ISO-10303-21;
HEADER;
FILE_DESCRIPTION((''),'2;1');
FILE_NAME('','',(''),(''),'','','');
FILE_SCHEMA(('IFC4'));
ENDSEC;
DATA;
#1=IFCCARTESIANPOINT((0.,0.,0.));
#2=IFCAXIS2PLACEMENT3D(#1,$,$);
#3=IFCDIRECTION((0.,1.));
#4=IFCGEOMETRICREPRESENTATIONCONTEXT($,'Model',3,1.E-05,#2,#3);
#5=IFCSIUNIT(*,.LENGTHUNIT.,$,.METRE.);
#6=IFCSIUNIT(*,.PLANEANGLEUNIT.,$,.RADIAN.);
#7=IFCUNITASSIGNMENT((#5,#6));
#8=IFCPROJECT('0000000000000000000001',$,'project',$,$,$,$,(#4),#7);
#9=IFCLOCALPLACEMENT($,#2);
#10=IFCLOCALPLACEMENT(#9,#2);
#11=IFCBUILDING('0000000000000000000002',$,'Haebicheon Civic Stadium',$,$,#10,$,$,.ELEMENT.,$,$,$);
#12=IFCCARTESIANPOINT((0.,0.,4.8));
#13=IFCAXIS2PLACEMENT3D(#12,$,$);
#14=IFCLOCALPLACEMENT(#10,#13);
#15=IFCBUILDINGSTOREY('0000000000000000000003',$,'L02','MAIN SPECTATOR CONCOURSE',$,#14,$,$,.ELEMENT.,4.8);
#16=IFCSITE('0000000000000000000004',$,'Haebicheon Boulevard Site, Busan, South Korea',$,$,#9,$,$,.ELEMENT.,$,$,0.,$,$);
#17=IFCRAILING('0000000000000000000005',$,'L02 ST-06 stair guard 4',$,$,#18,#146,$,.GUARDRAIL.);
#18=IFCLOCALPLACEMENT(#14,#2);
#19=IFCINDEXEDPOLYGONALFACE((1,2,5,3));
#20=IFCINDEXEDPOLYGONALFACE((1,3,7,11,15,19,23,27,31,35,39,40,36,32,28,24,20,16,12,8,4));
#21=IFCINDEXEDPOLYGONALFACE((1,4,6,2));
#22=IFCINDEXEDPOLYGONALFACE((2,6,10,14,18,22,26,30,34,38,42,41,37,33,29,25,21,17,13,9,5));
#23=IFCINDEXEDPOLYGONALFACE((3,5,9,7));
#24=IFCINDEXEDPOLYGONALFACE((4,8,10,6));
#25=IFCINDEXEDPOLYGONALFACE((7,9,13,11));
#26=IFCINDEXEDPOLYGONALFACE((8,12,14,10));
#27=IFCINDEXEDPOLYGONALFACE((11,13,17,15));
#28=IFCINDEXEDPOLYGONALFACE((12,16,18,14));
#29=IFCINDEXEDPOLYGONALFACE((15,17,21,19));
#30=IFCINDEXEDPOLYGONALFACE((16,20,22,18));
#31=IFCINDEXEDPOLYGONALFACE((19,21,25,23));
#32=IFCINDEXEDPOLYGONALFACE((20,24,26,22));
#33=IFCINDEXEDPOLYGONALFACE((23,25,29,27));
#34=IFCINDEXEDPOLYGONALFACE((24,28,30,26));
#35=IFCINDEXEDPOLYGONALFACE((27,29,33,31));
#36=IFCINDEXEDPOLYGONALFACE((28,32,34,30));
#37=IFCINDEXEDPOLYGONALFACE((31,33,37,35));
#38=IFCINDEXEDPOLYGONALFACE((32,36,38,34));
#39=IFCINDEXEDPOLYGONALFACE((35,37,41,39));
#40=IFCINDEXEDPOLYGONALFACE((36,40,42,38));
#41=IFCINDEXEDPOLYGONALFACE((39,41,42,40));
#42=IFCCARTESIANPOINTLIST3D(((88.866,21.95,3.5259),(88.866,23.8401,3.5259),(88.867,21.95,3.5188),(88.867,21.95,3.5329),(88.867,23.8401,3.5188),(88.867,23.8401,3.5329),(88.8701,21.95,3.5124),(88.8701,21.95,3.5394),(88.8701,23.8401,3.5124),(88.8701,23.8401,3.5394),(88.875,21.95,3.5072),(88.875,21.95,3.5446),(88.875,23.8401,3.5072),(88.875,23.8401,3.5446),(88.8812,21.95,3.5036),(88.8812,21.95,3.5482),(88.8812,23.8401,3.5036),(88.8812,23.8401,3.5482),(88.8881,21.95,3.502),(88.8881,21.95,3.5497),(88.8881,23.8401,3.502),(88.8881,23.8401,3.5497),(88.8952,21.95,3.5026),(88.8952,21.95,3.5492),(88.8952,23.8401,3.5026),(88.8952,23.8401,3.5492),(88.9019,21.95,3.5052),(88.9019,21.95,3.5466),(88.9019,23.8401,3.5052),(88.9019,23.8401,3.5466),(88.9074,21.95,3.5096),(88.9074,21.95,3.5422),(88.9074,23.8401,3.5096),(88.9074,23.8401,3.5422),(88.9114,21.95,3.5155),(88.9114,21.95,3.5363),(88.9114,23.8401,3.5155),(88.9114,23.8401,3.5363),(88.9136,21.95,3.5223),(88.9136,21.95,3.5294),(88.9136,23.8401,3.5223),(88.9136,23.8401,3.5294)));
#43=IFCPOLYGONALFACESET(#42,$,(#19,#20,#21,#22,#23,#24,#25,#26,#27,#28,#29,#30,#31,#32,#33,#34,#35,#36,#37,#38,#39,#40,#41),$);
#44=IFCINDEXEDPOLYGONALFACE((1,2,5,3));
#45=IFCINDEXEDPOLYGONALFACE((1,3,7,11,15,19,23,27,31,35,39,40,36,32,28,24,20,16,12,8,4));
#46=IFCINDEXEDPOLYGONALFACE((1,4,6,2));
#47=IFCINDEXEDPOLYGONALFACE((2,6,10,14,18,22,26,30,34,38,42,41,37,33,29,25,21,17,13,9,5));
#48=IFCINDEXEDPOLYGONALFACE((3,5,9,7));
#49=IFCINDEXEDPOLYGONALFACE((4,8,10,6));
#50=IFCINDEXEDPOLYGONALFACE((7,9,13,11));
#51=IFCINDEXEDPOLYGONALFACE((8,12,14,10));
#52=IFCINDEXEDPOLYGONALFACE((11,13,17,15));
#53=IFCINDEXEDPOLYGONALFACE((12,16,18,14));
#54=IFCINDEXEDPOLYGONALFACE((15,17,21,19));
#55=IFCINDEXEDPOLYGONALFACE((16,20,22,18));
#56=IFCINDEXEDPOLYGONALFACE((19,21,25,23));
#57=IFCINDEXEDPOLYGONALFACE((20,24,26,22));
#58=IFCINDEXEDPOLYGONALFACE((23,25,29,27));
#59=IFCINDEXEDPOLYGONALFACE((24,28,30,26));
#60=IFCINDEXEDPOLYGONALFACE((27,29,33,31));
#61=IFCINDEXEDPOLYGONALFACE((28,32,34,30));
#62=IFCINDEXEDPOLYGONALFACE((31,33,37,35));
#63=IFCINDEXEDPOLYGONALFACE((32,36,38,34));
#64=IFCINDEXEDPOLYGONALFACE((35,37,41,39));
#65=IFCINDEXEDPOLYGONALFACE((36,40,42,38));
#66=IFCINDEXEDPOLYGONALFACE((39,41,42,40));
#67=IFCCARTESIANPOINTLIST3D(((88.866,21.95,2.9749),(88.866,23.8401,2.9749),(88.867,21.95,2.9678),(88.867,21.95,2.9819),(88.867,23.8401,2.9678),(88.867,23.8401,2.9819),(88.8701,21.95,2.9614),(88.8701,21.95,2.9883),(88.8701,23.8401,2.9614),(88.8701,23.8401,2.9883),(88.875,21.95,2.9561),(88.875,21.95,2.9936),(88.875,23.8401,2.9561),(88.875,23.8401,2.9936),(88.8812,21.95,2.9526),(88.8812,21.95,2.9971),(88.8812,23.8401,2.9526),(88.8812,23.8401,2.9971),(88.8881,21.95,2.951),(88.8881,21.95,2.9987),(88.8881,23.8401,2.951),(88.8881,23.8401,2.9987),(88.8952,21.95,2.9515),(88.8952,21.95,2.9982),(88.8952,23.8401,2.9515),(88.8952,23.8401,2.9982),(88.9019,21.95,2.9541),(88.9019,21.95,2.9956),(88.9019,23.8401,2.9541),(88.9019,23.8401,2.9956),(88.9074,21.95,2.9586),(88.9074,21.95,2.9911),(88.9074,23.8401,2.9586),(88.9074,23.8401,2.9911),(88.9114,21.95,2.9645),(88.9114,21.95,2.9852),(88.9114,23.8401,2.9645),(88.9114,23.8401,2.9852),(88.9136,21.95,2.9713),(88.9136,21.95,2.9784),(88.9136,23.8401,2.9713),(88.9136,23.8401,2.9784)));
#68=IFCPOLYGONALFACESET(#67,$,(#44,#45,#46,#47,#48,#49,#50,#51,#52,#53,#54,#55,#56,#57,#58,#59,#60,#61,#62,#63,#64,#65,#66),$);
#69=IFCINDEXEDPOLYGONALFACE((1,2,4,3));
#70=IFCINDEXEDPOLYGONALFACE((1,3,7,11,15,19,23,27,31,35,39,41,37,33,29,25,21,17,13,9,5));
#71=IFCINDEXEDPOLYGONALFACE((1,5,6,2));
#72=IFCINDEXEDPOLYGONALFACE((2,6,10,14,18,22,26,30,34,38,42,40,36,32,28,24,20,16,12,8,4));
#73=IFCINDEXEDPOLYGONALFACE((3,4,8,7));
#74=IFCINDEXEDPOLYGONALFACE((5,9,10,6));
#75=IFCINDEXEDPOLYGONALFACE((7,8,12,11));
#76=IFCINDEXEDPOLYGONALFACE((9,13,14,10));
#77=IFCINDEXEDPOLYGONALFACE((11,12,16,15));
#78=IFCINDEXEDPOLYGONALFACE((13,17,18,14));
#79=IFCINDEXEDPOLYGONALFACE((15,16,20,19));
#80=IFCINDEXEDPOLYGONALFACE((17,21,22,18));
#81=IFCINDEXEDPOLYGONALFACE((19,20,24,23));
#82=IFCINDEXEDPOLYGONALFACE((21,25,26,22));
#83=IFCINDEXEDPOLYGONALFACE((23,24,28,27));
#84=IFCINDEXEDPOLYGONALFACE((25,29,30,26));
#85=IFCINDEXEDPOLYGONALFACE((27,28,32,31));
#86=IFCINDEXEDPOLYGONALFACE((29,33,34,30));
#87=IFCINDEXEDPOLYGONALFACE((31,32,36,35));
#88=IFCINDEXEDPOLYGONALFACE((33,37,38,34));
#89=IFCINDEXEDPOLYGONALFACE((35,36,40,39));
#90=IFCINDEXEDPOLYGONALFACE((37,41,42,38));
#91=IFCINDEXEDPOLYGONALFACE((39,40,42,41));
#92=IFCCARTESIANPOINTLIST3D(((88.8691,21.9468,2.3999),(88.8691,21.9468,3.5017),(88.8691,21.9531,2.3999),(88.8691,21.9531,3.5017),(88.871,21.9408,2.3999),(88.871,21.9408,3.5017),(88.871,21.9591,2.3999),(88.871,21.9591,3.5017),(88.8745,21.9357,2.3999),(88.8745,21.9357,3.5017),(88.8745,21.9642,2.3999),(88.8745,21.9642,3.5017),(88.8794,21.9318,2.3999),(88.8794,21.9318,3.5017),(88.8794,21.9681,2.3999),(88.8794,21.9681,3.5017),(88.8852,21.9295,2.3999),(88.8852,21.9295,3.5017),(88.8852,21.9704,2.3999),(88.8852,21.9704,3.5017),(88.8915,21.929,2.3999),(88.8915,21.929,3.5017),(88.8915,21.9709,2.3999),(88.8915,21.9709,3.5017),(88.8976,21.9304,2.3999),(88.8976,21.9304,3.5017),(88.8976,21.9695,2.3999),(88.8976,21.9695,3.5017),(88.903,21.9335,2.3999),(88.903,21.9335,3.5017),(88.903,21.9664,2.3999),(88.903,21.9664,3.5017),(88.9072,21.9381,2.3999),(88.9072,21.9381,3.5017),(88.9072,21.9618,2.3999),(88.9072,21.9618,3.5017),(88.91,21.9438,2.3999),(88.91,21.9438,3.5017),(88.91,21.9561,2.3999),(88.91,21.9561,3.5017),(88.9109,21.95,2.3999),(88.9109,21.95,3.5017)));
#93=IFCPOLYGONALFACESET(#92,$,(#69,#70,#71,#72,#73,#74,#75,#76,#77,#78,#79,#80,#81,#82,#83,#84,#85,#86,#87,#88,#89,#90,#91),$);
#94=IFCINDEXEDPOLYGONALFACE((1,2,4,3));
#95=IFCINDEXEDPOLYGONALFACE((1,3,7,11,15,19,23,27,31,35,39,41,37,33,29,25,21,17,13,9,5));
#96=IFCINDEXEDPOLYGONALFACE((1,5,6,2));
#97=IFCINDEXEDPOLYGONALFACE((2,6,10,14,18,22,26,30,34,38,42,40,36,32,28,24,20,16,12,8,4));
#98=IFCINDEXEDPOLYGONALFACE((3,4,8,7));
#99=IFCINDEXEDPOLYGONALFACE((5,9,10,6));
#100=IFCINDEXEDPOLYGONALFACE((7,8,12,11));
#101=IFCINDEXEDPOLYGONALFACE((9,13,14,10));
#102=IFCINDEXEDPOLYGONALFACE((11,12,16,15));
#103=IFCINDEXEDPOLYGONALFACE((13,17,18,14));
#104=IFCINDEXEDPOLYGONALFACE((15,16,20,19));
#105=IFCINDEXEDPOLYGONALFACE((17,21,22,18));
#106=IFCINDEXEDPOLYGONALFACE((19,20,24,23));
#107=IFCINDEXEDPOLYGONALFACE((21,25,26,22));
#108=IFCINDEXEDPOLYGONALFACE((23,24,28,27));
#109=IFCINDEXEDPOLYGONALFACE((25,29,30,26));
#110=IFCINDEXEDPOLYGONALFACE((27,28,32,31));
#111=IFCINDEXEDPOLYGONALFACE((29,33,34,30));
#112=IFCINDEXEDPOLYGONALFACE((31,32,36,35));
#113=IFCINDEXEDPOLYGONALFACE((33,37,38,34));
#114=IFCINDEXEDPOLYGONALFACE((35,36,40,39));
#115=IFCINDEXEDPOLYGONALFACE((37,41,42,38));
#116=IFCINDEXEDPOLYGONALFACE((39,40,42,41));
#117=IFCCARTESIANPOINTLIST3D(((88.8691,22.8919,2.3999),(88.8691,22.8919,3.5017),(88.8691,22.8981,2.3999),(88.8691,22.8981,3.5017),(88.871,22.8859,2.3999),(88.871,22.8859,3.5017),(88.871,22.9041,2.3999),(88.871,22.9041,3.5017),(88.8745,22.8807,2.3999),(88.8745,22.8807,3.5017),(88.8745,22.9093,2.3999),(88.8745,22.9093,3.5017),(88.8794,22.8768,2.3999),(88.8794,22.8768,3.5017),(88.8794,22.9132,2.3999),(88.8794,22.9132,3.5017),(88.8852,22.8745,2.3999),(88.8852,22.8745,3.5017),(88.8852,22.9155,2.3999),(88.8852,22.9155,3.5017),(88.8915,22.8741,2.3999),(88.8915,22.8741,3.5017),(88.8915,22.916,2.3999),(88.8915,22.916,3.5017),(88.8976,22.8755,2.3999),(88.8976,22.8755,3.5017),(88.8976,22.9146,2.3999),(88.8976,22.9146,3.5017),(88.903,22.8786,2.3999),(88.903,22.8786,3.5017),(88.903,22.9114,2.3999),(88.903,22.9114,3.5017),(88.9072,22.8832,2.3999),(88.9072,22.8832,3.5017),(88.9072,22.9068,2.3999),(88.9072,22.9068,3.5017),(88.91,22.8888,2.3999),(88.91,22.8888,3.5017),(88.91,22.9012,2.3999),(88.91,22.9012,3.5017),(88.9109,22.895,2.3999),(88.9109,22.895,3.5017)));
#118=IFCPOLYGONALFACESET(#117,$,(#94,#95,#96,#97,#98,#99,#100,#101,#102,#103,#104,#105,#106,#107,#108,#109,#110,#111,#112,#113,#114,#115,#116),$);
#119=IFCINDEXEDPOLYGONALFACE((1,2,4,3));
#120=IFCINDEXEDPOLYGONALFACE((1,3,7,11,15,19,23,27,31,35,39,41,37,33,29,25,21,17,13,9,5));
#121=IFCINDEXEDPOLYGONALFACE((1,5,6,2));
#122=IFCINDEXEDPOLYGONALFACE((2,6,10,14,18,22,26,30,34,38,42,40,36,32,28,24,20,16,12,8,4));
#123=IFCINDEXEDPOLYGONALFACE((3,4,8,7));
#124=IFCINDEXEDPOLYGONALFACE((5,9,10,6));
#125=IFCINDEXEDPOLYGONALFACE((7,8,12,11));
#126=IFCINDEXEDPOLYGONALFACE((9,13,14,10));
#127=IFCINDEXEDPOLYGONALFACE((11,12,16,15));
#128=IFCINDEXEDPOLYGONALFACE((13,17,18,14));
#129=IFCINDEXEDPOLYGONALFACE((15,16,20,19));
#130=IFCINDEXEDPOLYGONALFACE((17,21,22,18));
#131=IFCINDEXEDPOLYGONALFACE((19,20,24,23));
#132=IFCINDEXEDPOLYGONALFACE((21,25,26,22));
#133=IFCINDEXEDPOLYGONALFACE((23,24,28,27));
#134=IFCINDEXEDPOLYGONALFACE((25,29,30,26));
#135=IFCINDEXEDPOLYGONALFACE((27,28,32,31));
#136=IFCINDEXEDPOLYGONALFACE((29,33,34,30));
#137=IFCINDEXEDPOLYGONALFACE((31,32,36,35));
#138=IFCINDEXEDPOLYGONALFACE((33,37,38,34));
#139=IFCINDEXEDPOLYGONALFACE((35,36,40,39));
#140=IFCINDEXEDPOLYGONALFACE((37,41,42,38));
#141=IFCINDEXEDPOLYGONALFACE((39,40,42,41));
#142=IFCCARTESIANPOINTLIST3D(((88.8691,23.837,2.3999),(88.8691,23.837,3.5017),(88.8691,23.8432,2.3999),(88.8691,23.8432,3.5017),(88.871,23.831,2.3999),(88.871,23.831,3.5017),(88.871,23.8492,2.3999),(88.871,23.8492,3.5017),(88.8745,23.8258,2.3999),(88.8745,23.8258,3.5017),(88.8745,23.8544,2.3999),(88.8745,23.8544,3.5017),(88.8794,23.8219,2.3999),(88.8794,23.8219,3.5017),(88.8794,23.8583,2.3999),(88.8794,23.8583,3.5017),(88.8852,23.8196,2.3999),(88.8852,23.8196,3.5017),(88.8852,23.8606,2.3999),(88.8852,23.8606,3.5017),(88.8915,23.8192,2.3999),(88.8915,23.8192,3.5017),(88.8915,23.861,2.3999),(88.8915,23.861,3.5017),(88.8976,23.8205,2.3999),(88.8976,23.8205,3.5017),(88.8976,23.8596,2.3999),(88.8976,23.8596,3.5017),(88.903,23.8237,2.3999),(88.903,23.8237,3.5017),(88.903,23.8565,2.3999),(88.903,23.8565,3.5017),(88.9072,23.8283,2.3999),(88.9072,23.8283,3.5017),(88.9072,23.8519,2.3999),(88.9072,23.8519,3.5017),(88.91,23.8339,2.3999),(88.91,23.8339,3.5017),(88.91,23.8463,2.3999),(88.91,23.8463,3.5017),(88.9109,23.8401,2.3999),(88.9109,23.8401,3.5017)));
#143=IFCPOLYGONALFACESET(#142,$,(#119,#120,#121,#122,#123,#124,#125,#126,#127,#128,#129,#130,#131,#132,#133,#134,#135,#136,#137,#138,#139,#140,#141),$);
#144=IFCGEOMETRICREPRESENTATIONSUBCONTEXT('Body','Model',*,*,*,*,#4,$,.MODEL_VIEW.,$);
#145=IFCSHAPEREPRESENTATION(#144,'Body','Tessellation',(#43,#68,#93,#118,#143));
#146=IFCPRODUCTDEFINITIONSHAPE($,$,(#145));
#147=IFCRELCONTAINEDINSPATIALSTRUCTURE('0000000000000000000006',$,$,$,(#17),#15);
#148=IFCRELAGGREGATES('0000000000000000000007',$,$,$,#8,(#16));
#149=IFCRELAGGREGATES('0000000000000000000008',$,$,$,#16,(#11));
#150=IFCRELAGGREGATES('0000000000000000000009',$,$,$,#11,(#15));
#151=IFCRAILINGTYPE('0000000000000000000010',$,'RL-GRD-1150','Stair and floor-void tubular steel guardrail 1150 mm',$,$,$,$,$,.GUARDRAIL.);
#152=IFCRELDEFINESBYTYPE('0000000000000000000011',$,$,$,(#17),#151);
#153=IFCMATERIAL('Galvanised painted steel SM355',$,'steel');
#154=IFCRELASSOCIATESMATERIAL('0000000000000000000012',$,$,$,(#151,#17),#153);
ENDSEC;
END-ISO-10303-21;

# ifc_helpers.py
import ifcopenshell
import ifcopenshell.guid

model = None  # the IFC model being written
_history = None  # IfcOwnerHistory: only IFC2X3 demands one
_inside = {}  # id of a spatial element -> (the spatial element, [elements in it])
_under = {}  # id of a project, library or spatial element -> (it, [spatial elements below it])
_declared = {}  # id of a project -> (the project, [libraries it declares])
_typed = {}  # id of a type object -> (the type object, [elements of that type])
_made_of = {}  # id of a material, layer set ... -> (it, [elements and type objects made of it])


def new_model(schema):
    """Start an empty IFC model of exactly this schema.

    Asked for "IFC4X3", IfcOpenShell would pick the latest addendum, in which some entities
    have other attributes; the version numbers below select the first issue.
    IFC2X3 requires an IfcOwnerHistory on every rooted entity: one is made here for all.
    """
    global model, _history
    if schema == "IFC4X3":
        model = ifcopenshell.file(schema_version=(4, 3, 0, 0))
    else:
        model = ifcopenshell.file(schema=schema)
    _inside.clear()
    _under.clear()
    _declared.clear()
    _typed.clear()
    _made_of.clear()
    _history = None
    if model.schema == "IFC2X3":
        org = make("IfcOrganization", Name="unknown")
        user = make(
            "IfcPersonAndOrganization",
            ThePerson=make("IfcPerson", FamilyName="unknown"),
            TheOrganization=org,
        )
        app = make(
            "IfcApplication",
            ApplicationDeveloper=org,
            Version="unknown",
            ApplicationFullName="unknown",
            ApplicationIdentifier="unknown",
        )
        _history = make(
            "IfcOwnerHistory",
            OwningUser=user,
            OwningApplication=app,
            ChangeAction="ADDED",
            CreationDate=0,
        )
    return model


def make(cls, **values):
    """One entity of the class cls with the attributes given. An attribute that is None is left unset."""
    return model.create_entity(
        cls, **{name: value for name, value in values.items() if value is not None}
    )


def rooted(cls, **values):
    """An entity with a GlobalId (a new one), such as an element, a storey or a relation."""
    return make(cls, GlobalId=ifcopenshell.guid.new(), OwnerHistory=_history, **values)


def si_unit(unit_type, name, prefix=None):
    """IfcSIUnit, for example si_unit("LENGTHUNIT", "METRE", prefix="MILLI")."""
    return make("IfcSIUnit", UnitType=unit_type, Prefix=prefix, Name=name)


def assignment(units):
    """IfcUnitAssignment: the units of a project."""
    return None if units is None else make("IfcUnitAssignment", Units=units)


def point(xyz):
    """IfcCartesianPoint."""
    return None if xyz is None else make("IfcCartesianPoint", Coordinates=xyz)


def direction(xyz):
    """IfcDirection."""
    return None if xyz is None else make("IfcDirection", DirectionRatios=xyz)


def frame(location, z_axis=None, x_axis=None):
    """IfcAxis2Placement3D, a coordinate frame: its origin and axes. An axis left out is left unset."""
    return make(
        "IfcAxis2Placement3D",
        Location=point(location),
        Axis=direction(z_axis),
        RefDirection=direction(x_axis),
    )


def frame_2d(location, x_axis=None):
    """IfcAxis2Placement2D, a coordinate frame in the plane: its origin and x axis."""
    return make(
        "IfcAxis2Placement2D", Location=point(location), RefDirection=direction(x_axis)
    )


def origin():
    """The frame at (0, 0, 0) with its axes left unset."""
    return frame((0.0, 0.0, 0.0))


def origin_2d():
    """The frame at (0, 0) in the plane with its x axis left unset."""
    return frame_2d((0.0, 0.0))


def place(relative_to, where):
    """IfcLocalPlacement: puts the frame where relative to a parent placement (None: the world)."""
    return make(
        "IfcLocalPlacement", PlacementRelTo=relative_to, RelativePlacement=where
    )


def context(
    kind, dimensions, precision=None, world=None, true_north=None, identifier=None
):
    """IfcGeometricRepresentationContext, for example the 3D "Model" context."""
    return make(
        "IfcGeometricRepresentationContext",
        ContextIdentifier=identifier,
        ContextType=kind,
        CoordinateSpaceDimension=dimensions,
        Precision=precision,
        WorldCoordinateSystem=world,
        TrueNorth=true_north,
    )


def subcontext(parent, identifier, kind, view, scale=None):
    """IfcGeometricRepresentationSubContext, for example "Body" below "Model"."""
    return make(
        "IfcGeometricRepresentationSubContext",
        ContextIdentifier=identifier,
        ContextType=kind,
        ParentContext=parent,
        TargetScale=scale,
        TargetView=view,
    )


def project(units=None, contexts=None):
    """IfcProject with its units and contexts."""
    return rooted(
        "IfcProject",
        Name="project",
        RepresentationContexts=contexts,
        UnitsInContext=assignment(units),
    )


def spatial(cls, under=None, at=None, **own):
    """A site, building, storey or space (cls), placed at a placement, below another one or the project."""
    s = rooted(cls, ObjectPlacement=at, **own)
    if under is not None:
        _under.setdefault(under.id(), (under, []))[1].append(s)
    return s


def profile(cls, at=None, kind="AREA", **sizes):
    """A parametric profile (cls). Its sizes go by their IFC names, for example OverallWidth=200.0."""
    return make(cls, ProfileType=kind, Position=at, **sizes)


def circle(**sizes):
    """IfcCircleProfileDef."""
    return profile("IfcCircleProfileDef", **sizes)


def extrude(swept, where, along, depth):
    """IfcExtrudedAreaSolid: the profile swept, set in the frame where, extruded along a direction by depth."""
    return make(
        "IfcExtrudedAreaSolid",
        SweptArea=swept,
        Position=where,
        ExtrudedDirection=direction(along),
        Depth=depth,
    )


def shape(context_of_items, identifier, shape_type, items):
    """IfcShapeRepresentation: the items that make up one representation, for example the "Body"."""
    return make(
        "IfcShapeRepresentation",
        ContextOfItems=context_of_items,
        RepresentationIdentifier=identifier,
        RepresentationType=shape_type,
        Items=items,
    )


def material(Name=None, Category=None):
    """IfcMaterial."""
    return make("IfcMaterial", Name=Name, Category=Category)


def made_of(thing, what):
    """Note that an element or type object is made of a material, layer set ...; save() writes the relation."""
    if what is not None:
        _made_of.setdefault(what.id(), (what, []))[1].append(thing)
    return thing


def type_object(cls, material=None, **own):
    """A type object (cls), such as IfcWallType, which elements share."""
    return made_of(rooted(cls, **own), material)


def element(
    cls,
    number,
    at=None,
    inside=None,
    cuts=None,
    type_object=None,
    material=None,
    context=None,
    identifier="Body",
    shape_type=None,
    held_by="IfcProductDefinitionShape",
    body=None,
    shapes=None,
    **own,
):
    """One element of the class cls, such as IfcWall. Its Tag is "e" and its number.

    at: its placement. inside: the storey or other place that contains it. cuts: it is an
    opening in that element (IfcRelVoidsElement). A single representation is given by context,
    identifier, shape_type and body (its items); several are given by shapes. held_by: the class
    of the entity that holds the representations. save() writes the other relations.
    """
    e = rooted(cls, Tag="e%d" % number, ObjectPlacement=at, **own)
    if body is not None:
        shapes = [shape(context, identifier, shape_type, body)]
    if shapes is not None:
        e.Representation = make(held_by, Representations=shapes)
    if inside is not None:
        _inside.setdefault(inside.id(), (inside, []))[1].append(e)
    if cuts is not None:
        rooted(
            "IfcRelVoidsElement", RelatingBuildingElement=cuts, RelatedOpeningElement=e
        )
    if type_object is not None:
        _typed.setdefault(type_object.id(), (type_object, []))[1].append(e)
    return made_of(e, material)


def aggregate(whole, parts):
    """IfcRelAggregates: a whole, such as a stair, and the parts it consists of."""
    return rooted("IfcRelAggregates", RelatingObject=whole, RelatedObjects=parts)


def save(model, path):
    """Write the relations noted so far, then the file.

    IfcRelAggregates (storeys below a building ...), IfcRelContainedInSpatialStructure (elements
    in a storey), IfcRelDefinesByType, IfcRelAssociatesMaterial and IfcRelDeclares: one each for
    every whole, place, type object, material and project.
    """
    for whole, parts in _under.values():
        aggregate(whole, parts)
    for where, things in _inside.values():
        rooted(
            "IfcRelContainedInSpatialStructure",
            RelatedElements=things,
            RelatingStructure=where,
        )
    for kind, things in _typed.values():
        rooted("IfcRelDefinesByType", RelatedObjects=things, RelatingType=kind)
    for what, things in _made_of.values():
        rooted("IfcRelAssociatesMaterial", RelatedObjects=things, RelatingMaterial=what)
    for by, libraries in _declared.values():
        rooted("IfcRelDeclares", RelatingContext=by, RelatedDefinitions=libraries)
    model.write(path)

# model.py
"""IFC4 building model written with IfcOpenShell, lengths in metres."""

from ifc_helpers import new_model, si_unit, direction, frame, origin, origin_2d, place, context, subcontext, project, spatial, circle, extrude, material, type_object, element, save


model = new_model("IFC4")

# Units and contexts
model_context = context("Model", 3, precision=1e-05, world=origin(), true_north=direction((0.0, 1.0)))
body_context = subcontext(model_context, "Body", "Model", "MODEL_VIEW")
ifc_project = project(units=[si_unit("LENGTHUNIT", "METRE"), si_unit("PLANEANGLEUNIT", "RADIAN")], contexts=[model_context])

# Site, building, storey
site_placement = place(None, origin())
site = spatial("IfcSite", under=ifc_project, at=site_placement, Name="Haebicheon Boulevard Site, Busan, South Korea", CompositionType="ELEMENT", RefElevation=0.0)
building_placement = place(site_placement, origin())
building = spatial("IfcBuilding", under=site, at=building_placement, Name="Haebicheon Civic Stadium", CompositionType="ELEMENT")
storey_placement = place(building_placement, frame((0.0, 0.0, 4.8)))
storey = spatial("IfcBuildingStorey", under=building, at=storey_placement, Name="L02", Description="MAIN SPECTATOR CONCOURSE", CompositionType="ELEMENT", Elevation=4.8)

# Railing
ifc_material_1 = material(Name="Galvanised painted steel SM355", Category="steel")
railing_type_1 = type_object("IfcRailingType", Name="RL-GRD-1150", Description="Stair and floor-void tubular steel guardrail 1150 mm", PredefinedType="GUARDRAIL", material=ifc_material_1)
railing_1_placement = place(storey_placement, frame((88.8899, 21.95, 2.3999)))
element("IfcRailing", 1, at=railing_1_placement, inside=storey, type_object=railing_type_1, material=ifc_material_1, Name="L02 ST-06 stair guard 4", PredefinedType="GUARDRAIL", context=body_context, shape_type="SweptSolid", body=[
    extrude(circle(Radius=0.0239, at=origin_2d()), frame((0.0, 0.0, 1.126), z_axis=(0.0, 1.0, 0.0), x_axis=(-1.0, 0.0, 0.0)), (0.0, 0.0, 1.0), 1.8901),
    extrude(circle(Radius=0.0239, at=origin_2d()), frame((0.0, 0.0, 0.575), z_axis=(0.0, 1.0, 0.0), x_axis=(-1.0, 0.0, 0.0)), (0.0, 0.0, 1.0), 1.8901),
    extrude(circle(Radius=0.021, at=origin_2d()), origin(), (0.0, 0.0, 1.0), 1.1018),
    extrude(circle(Radius=0.021, at=origin_2d()), frame((0.0, 0.9451, 0.0)), (0.0, 0.0, 1.0), 1.1018),
    extrude(circle(Radius=0.021, at=origin_2d()), frame((0.0, 1.8901, 0.0)), (0.0, 0.0, 1.0), 1.1018),
])

save(model, "model.ifc")
